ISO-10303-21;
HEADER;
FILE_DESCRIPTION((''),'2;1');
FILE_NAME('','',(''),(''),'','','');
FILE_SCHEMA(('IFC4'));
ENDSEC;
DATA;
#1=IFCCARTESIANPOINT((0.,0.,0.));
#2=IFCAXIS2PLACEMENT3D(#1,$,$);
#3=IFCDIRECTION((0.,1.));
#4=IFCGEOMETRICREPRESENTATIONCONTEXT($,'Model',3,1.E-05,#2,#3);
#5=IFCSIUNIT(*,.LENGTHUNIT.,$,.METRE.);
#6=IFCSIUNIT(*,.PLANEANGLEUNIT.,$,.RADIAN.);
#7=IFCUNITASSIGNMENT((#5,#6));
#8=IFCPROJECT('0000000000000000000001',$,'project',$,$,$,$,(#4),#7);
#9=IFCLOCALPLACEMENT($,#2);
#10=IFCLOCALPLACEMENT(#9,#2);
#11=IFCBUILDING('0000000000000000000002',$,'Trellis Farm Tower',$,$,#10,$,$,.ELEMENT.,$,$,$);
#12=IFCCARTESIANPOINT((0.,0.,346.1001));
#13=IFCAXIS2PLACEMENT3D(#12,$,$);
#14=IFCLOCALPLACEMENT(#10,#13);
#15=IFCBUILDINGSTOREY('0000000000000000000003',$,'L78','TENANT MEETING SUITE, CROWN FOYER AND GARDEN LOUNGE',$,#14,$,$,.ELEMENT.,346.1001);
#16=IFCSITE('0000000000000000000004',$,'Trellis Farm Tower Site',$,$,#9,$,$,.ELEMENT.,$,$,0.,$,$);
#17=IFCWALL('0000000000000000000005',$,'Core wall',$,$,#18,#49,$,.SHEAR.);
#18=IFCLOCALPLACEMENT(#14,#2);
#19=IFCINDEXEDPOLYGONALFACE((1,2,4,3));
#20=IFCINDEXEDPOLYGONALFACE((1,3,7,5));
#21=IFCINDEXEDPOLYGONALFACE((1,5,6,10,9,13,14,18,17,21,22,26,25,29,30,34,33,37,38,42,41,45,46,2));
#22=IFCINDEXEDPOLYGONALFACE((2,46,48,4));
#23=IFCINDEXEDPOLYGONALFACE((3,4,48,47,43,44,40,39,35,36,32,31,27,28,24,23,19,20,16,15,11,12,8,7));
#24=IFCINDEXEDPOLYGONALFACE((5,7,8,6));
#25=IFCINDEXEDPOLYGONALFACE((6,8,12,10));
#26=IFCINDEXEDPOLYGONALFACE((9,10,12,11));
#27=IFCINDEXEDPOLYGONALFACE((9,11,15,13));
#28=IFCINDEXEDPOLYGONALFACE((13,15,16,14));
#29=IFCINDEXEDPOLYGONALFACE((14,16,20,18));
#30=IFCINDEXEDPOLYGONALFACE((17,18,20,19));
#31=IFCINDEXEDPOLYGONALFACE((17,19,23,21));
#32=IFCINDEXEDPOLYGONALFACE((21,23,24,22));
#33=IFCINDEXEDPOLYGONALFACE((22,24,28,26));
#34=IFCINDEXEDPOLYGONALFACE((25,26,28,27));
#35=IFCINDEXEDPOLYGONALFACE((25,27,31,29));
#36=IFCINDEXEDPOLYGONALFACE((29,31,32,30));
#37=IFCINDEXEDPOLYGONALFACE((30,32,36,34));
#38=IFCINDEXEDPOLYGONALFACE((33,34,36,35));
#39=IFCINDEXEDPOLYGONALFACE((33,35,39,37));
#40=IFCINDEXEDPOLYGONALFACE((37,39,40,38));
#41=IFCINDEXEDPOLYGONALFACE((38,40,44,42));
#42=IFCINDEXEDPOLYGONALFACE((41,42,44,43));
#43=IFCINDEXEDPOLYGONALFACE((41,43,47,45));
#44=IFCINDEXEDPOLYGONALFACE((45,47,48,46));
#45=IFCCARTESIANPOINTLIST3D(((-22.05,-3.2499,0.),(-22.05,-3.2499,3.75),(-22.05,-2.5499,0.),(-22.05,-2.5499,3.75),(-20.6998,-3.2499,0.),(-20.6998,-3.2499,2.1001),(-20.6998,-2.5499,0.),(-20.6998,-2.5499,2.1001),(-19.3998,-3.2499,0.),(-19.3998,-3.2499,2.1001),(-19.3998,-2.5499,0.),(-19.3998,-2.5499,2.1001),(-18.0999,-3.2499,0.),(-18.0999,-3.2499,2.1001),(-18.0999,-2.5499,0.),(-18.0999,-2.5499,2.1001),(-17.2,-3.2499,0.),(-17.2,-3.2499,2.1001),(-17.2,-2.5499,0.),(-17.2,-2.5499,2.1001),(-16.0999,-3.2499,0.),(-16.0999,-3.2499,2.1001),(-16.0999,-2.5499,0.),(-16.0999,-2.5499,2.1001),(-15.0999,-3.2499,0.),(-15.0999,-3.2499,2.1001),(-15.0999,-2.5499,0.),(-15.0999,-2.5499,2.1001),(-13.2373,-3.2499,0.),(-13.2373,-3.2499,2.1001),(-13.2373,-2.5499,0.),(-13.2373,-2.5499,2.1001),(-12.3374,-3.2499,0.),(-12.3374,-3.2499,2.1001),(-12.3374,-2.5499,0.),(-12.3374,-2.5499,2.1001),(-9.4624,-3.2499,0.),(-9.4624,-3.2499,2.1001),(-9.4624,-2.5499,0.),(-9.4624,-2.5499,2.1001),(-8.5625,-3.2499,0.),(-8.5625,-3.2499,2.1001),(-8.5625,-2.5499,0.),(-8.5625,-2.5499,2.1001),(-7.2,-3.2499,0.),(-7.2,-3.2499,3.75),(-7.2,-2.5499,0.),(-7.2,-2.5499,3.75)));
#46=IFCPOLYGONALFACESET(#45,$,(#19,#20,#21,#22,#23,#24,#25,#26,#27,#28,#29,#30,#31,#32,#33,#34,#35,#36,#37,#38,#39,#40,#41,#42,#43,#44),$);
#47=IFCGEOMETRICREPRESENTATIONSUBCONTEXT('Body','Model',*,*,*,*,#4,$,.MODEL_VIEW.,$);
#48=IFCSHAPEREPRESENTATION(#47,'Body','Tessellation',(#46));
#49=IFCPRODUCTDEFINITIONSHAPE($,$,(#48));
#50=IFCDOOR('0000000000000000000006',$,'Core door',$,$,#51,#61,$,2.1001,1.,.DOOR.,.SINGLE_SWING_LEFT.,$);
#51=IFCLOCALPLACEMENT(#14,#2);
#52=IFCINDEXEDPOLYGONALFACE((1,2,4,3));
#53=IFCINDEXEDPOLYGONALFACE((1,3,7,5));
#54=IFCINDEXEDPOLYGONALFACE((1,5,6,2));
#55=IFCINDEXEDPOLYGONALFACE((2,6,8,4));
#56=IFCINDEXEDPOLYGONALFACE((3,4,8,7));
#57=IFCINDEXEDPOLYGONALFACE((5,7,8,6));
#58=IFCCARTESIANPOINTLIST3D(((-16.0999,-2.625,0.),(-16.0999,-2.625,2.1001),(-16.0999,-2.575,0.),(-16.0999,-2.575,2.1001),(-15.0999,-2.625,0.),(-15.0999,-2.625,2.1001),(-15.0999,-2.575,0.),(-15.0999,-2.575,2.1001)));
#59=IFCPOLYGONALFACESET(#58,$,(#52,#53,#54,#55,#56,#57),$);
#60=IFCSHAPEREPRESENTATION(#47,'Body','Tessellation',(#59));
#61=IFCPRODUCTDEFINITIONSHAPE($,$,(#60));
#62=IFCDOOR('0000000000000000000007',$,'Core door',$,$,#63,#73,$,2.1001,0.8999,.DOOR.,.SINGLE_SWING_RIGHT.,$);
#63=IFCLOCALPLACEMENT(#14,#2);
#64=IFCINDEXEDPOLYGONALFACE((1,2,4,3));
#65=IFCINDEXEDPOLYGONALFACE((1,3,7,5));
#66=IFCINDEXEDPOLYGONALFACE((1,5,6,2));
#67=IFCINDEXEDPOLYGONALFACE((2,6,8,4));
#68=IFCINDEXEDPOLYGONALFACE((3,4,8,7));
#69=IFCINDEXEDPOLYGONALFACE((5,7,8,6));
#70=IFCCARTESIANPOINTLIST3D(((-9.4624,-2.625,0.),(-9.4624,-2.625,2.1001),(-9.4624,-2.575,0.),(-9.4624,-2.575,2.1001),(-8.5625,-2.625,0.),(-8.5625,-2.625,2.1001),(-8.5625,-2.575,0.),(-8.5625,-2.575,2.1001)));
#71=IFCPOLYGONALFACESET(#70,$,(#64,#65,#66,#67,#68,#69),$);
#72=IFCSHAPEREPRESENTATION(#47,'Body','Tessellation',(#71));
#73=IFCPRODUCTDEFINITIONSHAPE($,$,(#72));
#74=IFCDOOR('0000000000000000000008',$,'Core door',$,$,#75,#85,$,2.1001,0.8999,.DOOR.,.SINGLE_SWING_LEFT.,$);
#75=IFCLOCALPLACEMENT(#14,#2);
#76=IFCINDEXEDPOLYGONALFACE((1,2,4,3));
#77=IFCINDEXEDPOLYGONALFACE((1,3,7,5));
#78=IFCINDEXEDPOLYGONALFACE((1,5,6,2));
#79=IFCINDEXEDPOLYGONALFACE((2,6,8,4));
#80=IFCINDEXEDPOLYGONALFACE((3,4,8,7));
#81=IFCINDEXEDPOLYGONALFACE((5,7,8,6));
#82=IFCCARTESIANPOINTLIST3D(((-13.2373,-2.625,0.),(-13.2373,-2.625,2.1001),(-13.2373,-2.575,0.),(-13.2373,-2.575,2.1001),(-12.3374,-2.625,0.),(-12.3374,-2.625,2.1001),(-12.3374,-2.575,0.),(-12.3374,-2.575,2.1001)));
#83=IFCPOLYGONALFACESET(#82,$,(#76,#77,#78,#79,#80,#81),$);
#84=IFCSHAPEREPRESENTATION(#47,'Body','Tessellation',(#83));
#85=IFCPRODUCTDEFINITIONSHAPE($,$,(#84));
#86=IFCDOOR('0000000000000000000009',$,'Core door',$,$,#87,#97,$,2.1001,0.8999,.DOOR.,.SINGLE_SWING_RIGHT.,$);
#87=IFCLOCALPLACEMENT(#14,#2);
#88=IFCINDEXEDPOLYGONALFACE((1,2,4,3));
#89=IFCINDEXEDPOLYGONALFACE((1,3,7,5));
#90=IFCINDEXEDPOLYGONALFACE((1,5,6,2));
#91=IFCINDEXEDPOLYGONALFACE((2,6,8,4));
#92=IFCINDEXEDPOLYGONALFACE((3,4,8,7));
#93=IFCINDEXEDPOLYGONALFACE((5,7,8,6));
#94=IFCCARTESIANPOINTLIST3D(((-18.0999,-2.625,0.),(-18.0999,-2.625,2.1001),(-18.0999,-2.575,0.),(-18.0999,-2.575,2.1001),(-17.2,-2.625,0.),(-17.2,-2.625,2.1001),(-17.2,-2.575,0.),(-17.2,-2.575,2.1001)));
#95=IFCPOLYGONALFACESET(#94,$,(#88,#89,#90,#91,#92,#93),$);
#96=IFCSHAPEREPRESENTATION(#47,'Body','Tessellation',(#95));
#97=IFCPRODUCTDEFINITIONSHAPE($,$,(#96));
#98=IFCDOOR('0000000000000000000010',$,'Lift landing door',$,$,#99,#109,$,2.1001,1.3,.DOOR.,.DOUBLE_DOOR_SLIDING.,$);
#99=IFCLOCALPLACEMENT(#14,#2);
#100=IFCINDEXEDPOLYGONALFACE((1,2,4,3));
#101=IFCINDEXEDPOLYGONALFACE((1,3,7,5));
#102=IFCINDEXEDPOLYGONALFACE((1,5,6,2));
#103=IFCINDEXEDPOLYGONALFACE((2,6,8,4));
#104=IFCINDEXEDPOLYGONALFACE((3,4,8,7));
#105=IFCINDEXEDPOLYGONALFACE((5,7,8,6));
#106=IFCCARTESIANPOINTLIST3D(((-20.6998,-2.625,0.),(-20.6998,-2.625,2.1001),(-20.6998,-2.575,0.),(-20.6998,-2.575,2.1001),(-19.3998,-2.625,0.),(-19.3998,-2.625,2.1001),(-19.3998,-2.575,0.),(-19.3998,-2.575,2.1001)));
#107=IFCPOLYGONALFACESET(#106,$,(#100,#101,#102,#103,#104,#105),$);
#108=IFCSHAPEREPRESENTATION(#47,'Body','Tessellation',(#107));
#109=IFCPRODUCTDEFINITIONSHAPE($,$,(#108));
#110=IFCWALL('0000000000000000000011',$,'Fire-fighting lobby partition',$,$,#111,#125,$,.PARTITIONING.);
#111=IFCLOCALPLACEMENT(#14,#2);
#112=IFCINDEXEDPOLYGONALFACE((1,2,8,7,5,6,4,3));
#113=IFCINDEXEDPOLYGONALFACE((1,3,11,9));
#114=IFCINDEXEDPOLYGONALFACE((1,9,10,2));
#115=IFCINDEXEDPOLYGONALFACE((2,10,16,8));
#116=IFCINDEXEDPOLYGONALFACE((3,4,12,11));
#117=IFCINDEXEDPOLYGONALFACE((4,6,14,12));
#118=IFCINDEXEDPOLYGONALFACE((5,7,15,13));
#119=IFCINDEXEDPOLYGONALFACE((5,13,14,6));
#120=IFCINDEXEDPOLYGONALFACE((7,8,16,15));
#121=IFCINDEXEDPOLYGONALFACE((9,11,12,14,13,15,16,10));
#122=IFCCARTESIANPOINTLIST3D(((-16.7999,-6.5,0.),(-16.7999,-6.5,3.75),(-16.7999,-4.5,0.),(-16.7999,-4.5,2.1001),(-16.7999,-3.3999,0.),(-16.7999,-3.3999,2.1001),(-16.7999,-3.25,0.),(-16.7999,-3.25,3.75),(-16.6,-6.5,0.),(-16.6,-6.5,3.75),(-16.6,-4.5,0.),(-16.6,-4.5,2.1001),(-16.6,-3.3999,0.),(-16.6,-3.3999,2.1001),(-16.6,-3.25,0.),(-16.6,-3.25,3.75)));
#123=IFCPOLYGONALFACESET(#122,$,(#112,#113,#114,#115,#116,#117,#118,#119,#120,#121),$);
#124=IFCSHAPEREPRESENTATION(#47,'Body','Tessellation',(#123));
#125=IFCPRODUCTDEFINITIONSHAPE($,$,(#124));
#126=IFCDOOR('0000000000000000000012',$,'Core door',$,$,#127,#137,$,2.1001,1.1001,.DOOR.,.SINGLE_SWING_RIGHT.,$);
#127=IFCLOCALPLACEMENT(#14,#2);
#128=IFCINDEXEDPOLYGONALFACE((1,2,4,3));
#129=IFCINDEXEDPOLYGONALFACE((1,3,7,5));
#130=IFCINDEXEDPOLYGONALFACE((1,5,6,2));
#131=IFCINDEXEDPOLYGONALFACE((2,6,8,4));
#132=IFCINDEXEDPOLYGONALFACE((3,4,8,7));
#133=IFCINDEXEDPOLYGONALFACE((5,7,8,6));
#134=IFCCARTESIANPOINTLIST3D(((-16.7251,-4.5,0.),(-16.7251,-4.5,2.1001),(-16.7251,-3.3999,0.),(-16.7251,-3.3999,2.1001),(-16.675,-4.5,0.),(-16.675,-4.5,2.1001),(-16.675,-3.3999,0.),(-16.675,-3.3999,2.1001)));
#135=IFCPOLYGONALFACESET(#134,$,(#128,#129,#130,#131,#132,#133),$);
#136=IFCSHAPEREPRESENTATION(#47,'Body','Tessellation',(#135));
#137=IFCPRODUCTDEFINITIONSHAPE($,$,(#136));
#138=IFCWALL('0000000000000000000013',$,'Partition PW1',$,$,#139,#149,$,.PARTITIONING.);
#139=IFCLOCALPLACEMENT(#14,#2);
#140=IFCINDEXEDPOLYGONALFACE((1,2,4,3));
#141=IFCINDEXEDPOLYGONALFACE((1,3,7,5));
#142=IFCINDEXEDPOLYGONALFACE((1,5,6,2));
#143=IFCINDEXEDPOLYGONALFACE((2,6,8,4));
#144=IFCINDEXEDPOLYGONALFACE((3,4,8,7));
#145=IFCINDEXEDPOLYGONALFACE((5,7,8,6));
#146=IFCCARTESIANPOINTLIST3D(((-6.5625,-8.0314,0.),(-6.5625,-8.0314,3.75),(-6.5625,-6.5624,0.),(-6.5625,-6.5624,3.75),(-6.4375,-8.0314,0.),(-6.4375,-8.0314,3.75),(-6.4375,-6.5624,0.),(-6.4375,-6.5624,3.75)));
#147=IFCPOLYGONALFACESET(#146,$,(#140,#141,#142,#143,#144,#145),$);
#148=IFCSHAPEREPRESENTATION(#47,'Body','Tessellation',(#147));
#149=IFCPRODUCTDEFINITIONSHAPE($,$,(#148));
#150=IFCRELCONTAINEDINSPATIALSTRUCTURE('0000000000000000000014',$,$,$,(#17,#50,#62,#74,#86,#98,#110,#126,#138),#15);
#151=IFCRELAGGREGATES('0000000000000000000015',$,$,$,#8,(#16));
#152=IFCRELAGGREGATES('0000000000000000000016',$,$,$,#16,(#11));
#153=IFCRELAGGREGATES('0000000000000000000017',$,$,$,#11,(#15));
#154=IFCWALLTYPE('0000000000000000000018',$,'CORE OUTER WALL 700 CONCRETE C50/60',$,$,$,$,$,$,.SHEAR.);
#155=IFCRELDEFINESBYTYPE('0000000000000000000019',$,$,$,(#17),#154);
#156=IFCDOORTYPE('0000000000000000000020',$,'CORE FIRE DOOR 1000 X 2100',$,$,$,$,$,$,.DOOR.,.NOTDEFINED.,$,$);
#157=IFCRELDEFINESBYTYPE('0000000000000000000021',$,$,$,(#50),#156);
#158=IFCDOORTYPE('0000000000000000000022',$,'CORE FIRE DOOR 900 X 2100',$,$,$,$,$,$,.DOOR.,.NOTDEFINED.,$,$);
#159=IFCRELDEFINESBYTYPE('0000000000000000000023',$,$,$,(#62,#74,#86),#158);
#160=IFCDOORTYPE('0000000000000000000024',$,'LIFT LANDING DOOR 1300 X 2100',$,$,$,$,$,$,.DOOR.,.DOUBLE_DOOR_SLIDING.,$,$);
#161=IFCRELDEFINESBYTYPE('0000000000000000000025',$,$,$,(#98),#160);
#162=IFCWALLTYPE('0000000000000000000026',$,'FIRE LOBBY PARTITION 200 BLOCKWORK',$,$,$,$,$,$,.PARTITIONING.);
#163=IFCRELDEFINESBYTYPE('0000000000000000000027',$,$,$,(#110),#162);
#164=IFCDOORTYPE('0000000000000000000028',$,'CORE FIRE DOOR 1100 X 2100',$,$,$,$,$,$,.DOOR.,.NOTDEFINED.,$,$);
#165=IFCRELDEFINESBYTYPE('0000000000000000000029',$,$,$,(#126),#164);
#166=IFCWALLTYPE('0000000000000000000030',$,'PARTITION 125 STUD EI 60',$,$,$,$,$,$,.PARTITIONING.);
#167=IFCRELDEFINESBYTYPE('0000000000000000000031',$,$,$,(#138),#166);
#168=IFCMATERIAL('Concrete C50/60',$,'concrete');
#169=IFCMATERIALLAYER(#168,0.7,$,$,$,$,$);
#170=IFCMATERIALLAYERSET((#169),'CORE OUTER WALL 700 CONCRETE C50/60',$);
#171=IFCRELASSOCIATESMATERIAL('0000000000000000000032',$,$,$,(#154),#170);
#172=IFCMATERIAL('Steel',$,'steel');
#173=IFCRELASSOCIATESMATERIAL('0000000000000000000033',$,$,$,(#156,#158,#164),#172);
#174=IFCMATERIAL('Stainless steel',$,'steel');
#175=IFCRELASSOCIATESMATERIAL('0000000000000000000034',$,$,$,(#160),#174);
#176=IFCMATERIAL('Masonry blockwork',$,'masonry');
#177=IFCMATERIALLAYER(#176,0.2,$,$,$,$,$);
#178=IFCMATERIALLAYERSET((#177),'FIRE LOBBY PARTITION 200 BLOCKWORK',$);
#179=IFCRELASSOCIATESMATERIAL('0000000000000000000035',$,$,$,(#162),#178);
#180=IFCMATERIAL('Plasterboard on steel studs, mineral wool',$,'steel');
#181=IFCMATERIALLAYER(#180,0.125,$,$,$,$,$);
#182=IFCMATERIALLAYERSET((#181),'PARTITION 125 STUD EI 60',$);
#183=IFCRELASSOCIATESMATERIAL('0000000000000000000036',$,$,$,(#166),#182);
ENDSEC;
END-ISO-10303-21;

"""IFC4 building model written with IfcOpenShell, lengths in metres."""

from ifc_helpers import new_model, si_unit, direction, frame, frame_2d, origin, place, context, subcontext, project, spatial, rectangle, extrude, source, transform, mapped, material, layer, layer_set, type_object, element, fill, save


model = new_model("IFC4")

# Units and contexts
model_context = context("Model", 3, precision=1e-05, world=origin(), true_north=direction((0.0, 1.0)))
body_context = subcontext(model_context, "Body", "Model", "MODEL_VIEW")
ifc_project = project(units=[si_unit("LENGTHUNIT", "METRE"), si_unit("PLANEANGLEUNIT", "RADIAN")], contexts=[model_context])

# Site, building, storey
site_placement = place(None, origin())
site = spatial("IfcSite", under=ifc_project, at=site_placement, Name="Trellis Farm Tower Site", CompositionType="ELEMENT", RefElevation=0.0)
building_placement = place(site_placement, origin())
building = spatial("IfcBuilding", under=site, at=building_placement, Name="Trellis Farm Tower", CompositionType="ELEMENT")
storey_placement = place(building_placement, frame((0.0, 0.0, 346.1001)))
storey = spatial("IfcBuildingStorey", under=building, at=storey_placement, Name="L78", Description="TENANT MEETING SUITE, CROWN FOYER AND GARDEN LOUNGE", CompositionType="ELEMENT", Elevation=346.1001)

# Shared definitions
ifc_material_1 = material(Name="Concrete C50/60", Category="concrete")

# Shared definitions
ifc_material_2 = material(Name="Masonry blockwork", Category="masonry")

# Wall, openings, doors
ifc_layer_1 = layer(ifc_material_1, 0.7)
ifc_layer_set_1 = layer_set([ifc_layer_1], Name="CORE OUTER WALL 700 CONCRETE C50/60")
wall_type_1 = type_object("IfcWallType", Name="CORE OUTER WALL 700 CONCRETE C50/60", PredefinedType="SHEAR", material=ifc_layer_set_1)
shared_shape_1 = source(origin(), body_context, "Body", "SweptSolid", [
    extrude(rectangle(XDim=14.8501, YDim=0.7, at=frame_2d((7.425, 0.0))), origin(), (0.0, 0.0, 1.0), 3.75),
])
wall_1_placement = place(storey_placement, frame((-7.2, -2.8999, 0.0), z_axis=(0.0, 0.0, 1.0), x_axis=(-1.0, 0.0, 0.0)))
wall_1 = element("IfcWall", 1, at=wall_1_placement, inside=storey, type_object=wall_type_1, Name="Core wall", PredefinedType="SHEAR", context=body_context, shape_type="MappedRepresentation", body=[
    mapped(shared_shape_1, transform((0.0, 0.0, 0.0))),
])
shared_shape_2 = source(origin(), body_context, "Body", "SweptSolid", [
    extrude(rectangle(XDim=1.3, YDim=2.1001, at=frame_2d((0.6499, 1.05))), frame((0.0, 0.3601, 0.0), z_axis=(0.0, -1.0, 0.0), x_axis=(1.0, 0.0, 0.0)), (0.0, 0.0, 1.0), 0.7202),
])
opening_1_placement = place(wall_1_placement, frame((12.2, 0.0, 0.0)))
opening_1 = element("IfcOpeningElement", 2, at=opening_1_placement, cuts=wall_1, PredefinedType="OPENING", context=body_context, shape_type="MappedRepresentation", body=[
    mapped(shared_shape_2, transform((0.0, 0.0, 0.0))),
])
shared_shape_3 = source(origin(), body_context, "Body", "SweptSolid", [
    extrude(rectangle(XDim=1.0, YDim=2.1001, at=frame_2d((0.5, 1.05))), frame((0.0, 0.3601, 0.0), z_axis=(0.0, -1.0, 0.0), x_axis=(1.0, 0.0, 0.0)), (0.0, 0.0, 1.0), 0.7202),
])
opening_2_placement = place(wall_1_placement, frame((7.8999, 0.0, 0.0)))
opening_2 = element("IfcOpeningElement", 3, at=opening_2_placement, cuts=wall_1, PredefinedType="OPENING", context=body_context, shape_type="MappedRepresentation", body=[
    mapped(shared_shape_3, transform((0.0, 0.0, 0.0))),
])
shared_shape_4 = source(origin(), body_context, "Body", "SweptSolid", [
    extrude(rectangle(XDim=0.8999, YDim=2.1001, at=frame_2d((0.45, 1.05))), frame((0.0, 0.3601, 0.0), z_axis=(0.0, -1.0, 0.0), x_axis=(1.0, 0.0, 0.0)), (0.0, 0.0, 1.0), 0.7202),
])
opening_3_placement = place(wall_1_placement, frame((1.3625, 0.0, 0.0)))
opening_3 = element("IfcOpeningElement", 4, at=opening_3_placement, cuts=wall_1, PredefinedType="OPENING", context=body_context, shape_type="MappedRepresentation", body=[
    mapped(shared_shape_4, transform((0.0, 0.0, 0.0))),
])
opening_4_placement = place(wall_1_placement, frame((5.1375, 0.0, 0.0)))
opening_4 = element("IfcOpeningElement", 5, at=opening_4_placement, cuts=wall_1, PredefinedType="OPENING", context=body_context, shape_type="MappedRepresentation", body=[
    mapped(shared_shape_4, transform((0.0, 0.0, 0.0))),
])
opening_5_placement = place(wall_1_placement, frame((10.0, 0.0, 0.0)))
opening_5 = element("IfcOpeningElement", 6, at=opening_5_placement, cuts=wall_1, PredefinedType="OPENING", context=body_context, shape_type="MappedRepresentation", body=[
    mapped(shared_shape_4, transform((0.0, 0.0, 0.0))),
])
ifc_material_3 = material(Name="Steel", Category="steel")
door_type_1 = type_object("IfcDoorType", Name="CORE FIRE DOOR 1000 X 2100", OperationType="NOTDEFINED", PredefinedType="DOOR", material=ifc_material_3)
shared_shape_5 = source(origin(), body_context, "Body", "SweptSolid", [
    extrude(rectangle(XDim=1.0, YDim=2.1001, at=frame_2d((0.5, 1.05))), frame((0.0, -0.2749, 0.0), z_axis=(0.0, -1.0, 0.0), x_axis=(1.0, 0.0, 0.0)), (0.0, 0.0, 1.0), 0.05),
])
door_1_placement = place(opening_2_placement, origin())
door_1 = element("IfcDoor", 7, at=door_1_placement, inside=storey, type_object=door_type_1, Name="Core door", OperationType="SINGLE_SWING_LEFT", OverallHeight=2.1001, OverallWidth=1.0, PredefinedType="DOOR", context=body_context, shape_type="MappedRepresentation", body=[
    mapped(shared_shape_5, transform((0.0, 0.0, 0.0))),
])
fill(opening_2, door_1)
door_type_2 = type_object("IfcDoorType", Name="CORE FIRE DOOR 900 X 2100", OperationType="NOTDEFINED", PredefinedType="DOOR", material=ifc_material_3)
shared_shape_6 = source(origin(), body_context, "Body", "SweptSolid", [
    extrude(rectangle(XDim=0.8999, YDim=2.1001, at=frame_2d((0.45, 1.05))), frame((0.0, -0.2749, 0.0), z_axis=(0.0, -1.0, 0.0), x_axis=(1.0, 0.0, 0.0)), (0.0, 0.0, 1.0), 0.05),
])
door_2_placement = place(opening_3_placement, origin())
door_2 = element("IfcDoor", 8, at=door_2_placement, inside=storey, type_object=door_type_2, Name="Core door", OperationType="SINGLE_SWING_RIGHT", OverallHeight=2.1001, OverallWidth=0.8999, PredefinedType="DOOR", context=body_context, shape_type="MappedRepresentation", body=[
    mapped(shared_shape_6, transform((0.0, 0.0, 0.0))),
])
fill(opening_3, door_2)
door_3_placement = place(opening_4_placement, origin())
door_3 = element("IfcDoor", 9, at=door_3_placement, inside=storey, type_object=door_type_2, Name="Core door", OperationType="SINGLE_SWING_LEFT", OverallHeight=2.1001, OverallWidth=0.8999, PredefinedType="DOOR", context=body_context, shape_type="MappedRepresentation", body=[
    mapped(shared_shape_6, transform((0.0, 0.0, 0.0))),
])
fill(opening_4, door_3)
door_4_placement = place(opening_5_placement, origin())
door_4 = element("IfcDoor", 10, at=door_4_placement, inside=storey, type_object=door_type_2, Name="Core door", OperationType="SINGLE_SWING_RIGHT", OverallHeight=2.1001, OverallWidth=0.8999, PredefinedType="DOOR", context=body_context, shape_type="MappedRepresentation", body=[
    mapped(shared_shape_6, transform((0.0, 0.0, 0.0))),
])
fill(opening_5, door_4)
ifc_material_4 = material(Name="Stainless steel", Category="steel")
door_type_3 = type_object("IfcDoorType", Name="LIFT LANDING DOOR 1300 X 2100", OperationType="DOUBLE_DOOR_SLIDING", PredefinedType="DOOR", material=ifc_material_4)
shared_shape_7 = source(origin(), body_context, "Body", "SweptSolid", [
    extrude(rectangle(XDim=1.3, YDim=2.1001, at=frame_2d((0.6499, 1.05))), frame((0.0, -0.2749, 0.0), z_axis=(0.0, -1.0, 0.0), x_axis=(1.0, 0.0, 0.0)), (0.0, 0.0, 1.0), 0.05),
])
door_5_placement = place(opening_1_placement, origin())
door_5 = element("IfcDoor", 11, at=door_5_placement, inside=storey, type_object=door_type_3, Name="Lift landing door", OperationType="DOUBLE_DOOR_SLIDING", OverallHeight=2.1001, OverallWidth=1.3, PredefinedType="DOOR", context=body_context, shape_type="MappedRepresentation", body=[
    mapped(shared_shape_7, transform((0.0, 0.0, 0.0))),
])
fill(opening_1, door_5)

# Wall, opening, door
ifc_layer_2 = layer(ifc_material_2, 0.2)
ifc_layer_set_2 = layer_set([ifc_layer_2], Name="FIRE LOBBY PARTITION 200 BLOCKWORK")
wall_type_2 = type_object("IfcWallType", Name="FIRE LOBBY PARTITION 200 BLOCKWORK", PredefinedType="PARTITIONING", material=ifc_layer_set_2)
shared_shape_8 = source(origin(), body_context, "Body", "SweptSolid", [
    extrude(rectangle(XDim=3.25, YDim=0.2, at=frame_2d((1.625, 0.0))), origin(), (0.0, 0.0, 1.0), 3.75),
])
wall_2_placement = place(storey_placement, frame((-16.7, -3.25, 0.0), z_axis=(0.0, 0.0, 1.0), x_axis=(0.0, -1.0, 0.0)))
wall_2 = element("IfcWall", 12, at=wall_2_placement, inside=storey, type_object=wall_type_2, Name="Fire-fighting lobby partition", PredefinedType="PARTITIONING", context=body_context, shape_type="MappedRepresentation", body=[
    mapped(shared_shape_8, transform((0.0, 0.0, 0.0))),
])
shared_shape_9 = source(origin(), body_context, "Body", "SweptSolid", [
    extrude(rectangle(XDim=1.1001, YDim=2.1001, at=frame_2d((0.55, 1.05))), frame((0.0, 0.1101, 0.0), z_axis=(0.0, -1.0, 0.0), x_axis=(1.0, 0.0, 0.0)), (0.0, 0.0, 1.0), 0.2202),
])
opening_6_placement = place(wall_2_placement, frame((0.1499, 0.0, 0.0)))
opening_6 = element("IfcOpeningElement", 13, at=opening_6_placement, cuts=wall_2, PredefinedType="OPENING", context=body_context, shape_type="MappedRepresentation", body=[
    mapped(shared_shape_9, transform((0.0, 0.0, 0.0))),
])
door_type_4 = type_object("IfcDoorType", Name="CORE FIRE DOOR 1100 X 2100", OperationType="NOTDEFINED", PredefinedType="DOOR", material=ifc_material_3)
shared_shape_10 = source(origin(), body_context, "Body", "SweptSolid", [
    extrude(rectangle(XDim=1.1001, YDim=2.1001, at=frame_2d((0.55, 1.05))), frame((0.0, 0.0249, 0.0), z_axis=(0.0, -1.0, 0.0), x_axis=(1.0, 0.0, 0.0)), (0.0, 0.0, 1.0), 0.05),
])
door_6_placement = place(opening_6_placement, origin())
door_6 = element("IfcDoor", 14, at=door_6_placement, inside=storey, type_object=door_type_4, Name="Core door", OperationType="SINGLE_SWING_RIGHT", OverallHeight=2.1001, OverallWidth=1.1001, PredefinedType="DOOR", context=body_context, shape_type="MappedRepresentation", body=[
    mapped(shared_shape_10, transform((0.0, 0.0, 0.0))),
])
fill(opening_6, door_6)

# Wall
ifc_material_5 = material(Name="Plasterboard on steel studs, mineral wool", Category="steel")
ifc_layer_3 = layer(ifc_material_5, 0.125)
ifc_layer_set_3 = layer_set([ifc_layer_3], Name="PARTITION 125 STUD EI 60")
wall_type_3 = type_object("IfcWallType", Name="PARTITION 125 STUD EI 60", PredefinedType="PARTITIONING", material=ifc_layer_set_3)
shared_shape_11 = source(origin(), body_context, "Body", "SweptSolid", [
    extrude(rectangle(XDim=1.469, YDim=0.125, at=frame_2d((0.7344, 0.0))), origin(), (0.0, 0.0, 1.0), 3.75),
])
wall_3_placement = place(storey_placement, frame((-6.5, -6.5625, 0.0), z_axis=(0.0, 0.0, 1.0), x_axis=(0.0, -1.0, 0.0)))
element("IfcWall", 15, at=wall_3_placement, inside=storey, type_object=wall_type_3, Name="Partition PW1", PredefinedType="PARTITIONING", context=body_context, shape_type="MappedRepresentation", body=[
    mapped(shared_shape_11, transform((0.0, 0.0, 0.0))),
])

save(model, "model.ifc")
